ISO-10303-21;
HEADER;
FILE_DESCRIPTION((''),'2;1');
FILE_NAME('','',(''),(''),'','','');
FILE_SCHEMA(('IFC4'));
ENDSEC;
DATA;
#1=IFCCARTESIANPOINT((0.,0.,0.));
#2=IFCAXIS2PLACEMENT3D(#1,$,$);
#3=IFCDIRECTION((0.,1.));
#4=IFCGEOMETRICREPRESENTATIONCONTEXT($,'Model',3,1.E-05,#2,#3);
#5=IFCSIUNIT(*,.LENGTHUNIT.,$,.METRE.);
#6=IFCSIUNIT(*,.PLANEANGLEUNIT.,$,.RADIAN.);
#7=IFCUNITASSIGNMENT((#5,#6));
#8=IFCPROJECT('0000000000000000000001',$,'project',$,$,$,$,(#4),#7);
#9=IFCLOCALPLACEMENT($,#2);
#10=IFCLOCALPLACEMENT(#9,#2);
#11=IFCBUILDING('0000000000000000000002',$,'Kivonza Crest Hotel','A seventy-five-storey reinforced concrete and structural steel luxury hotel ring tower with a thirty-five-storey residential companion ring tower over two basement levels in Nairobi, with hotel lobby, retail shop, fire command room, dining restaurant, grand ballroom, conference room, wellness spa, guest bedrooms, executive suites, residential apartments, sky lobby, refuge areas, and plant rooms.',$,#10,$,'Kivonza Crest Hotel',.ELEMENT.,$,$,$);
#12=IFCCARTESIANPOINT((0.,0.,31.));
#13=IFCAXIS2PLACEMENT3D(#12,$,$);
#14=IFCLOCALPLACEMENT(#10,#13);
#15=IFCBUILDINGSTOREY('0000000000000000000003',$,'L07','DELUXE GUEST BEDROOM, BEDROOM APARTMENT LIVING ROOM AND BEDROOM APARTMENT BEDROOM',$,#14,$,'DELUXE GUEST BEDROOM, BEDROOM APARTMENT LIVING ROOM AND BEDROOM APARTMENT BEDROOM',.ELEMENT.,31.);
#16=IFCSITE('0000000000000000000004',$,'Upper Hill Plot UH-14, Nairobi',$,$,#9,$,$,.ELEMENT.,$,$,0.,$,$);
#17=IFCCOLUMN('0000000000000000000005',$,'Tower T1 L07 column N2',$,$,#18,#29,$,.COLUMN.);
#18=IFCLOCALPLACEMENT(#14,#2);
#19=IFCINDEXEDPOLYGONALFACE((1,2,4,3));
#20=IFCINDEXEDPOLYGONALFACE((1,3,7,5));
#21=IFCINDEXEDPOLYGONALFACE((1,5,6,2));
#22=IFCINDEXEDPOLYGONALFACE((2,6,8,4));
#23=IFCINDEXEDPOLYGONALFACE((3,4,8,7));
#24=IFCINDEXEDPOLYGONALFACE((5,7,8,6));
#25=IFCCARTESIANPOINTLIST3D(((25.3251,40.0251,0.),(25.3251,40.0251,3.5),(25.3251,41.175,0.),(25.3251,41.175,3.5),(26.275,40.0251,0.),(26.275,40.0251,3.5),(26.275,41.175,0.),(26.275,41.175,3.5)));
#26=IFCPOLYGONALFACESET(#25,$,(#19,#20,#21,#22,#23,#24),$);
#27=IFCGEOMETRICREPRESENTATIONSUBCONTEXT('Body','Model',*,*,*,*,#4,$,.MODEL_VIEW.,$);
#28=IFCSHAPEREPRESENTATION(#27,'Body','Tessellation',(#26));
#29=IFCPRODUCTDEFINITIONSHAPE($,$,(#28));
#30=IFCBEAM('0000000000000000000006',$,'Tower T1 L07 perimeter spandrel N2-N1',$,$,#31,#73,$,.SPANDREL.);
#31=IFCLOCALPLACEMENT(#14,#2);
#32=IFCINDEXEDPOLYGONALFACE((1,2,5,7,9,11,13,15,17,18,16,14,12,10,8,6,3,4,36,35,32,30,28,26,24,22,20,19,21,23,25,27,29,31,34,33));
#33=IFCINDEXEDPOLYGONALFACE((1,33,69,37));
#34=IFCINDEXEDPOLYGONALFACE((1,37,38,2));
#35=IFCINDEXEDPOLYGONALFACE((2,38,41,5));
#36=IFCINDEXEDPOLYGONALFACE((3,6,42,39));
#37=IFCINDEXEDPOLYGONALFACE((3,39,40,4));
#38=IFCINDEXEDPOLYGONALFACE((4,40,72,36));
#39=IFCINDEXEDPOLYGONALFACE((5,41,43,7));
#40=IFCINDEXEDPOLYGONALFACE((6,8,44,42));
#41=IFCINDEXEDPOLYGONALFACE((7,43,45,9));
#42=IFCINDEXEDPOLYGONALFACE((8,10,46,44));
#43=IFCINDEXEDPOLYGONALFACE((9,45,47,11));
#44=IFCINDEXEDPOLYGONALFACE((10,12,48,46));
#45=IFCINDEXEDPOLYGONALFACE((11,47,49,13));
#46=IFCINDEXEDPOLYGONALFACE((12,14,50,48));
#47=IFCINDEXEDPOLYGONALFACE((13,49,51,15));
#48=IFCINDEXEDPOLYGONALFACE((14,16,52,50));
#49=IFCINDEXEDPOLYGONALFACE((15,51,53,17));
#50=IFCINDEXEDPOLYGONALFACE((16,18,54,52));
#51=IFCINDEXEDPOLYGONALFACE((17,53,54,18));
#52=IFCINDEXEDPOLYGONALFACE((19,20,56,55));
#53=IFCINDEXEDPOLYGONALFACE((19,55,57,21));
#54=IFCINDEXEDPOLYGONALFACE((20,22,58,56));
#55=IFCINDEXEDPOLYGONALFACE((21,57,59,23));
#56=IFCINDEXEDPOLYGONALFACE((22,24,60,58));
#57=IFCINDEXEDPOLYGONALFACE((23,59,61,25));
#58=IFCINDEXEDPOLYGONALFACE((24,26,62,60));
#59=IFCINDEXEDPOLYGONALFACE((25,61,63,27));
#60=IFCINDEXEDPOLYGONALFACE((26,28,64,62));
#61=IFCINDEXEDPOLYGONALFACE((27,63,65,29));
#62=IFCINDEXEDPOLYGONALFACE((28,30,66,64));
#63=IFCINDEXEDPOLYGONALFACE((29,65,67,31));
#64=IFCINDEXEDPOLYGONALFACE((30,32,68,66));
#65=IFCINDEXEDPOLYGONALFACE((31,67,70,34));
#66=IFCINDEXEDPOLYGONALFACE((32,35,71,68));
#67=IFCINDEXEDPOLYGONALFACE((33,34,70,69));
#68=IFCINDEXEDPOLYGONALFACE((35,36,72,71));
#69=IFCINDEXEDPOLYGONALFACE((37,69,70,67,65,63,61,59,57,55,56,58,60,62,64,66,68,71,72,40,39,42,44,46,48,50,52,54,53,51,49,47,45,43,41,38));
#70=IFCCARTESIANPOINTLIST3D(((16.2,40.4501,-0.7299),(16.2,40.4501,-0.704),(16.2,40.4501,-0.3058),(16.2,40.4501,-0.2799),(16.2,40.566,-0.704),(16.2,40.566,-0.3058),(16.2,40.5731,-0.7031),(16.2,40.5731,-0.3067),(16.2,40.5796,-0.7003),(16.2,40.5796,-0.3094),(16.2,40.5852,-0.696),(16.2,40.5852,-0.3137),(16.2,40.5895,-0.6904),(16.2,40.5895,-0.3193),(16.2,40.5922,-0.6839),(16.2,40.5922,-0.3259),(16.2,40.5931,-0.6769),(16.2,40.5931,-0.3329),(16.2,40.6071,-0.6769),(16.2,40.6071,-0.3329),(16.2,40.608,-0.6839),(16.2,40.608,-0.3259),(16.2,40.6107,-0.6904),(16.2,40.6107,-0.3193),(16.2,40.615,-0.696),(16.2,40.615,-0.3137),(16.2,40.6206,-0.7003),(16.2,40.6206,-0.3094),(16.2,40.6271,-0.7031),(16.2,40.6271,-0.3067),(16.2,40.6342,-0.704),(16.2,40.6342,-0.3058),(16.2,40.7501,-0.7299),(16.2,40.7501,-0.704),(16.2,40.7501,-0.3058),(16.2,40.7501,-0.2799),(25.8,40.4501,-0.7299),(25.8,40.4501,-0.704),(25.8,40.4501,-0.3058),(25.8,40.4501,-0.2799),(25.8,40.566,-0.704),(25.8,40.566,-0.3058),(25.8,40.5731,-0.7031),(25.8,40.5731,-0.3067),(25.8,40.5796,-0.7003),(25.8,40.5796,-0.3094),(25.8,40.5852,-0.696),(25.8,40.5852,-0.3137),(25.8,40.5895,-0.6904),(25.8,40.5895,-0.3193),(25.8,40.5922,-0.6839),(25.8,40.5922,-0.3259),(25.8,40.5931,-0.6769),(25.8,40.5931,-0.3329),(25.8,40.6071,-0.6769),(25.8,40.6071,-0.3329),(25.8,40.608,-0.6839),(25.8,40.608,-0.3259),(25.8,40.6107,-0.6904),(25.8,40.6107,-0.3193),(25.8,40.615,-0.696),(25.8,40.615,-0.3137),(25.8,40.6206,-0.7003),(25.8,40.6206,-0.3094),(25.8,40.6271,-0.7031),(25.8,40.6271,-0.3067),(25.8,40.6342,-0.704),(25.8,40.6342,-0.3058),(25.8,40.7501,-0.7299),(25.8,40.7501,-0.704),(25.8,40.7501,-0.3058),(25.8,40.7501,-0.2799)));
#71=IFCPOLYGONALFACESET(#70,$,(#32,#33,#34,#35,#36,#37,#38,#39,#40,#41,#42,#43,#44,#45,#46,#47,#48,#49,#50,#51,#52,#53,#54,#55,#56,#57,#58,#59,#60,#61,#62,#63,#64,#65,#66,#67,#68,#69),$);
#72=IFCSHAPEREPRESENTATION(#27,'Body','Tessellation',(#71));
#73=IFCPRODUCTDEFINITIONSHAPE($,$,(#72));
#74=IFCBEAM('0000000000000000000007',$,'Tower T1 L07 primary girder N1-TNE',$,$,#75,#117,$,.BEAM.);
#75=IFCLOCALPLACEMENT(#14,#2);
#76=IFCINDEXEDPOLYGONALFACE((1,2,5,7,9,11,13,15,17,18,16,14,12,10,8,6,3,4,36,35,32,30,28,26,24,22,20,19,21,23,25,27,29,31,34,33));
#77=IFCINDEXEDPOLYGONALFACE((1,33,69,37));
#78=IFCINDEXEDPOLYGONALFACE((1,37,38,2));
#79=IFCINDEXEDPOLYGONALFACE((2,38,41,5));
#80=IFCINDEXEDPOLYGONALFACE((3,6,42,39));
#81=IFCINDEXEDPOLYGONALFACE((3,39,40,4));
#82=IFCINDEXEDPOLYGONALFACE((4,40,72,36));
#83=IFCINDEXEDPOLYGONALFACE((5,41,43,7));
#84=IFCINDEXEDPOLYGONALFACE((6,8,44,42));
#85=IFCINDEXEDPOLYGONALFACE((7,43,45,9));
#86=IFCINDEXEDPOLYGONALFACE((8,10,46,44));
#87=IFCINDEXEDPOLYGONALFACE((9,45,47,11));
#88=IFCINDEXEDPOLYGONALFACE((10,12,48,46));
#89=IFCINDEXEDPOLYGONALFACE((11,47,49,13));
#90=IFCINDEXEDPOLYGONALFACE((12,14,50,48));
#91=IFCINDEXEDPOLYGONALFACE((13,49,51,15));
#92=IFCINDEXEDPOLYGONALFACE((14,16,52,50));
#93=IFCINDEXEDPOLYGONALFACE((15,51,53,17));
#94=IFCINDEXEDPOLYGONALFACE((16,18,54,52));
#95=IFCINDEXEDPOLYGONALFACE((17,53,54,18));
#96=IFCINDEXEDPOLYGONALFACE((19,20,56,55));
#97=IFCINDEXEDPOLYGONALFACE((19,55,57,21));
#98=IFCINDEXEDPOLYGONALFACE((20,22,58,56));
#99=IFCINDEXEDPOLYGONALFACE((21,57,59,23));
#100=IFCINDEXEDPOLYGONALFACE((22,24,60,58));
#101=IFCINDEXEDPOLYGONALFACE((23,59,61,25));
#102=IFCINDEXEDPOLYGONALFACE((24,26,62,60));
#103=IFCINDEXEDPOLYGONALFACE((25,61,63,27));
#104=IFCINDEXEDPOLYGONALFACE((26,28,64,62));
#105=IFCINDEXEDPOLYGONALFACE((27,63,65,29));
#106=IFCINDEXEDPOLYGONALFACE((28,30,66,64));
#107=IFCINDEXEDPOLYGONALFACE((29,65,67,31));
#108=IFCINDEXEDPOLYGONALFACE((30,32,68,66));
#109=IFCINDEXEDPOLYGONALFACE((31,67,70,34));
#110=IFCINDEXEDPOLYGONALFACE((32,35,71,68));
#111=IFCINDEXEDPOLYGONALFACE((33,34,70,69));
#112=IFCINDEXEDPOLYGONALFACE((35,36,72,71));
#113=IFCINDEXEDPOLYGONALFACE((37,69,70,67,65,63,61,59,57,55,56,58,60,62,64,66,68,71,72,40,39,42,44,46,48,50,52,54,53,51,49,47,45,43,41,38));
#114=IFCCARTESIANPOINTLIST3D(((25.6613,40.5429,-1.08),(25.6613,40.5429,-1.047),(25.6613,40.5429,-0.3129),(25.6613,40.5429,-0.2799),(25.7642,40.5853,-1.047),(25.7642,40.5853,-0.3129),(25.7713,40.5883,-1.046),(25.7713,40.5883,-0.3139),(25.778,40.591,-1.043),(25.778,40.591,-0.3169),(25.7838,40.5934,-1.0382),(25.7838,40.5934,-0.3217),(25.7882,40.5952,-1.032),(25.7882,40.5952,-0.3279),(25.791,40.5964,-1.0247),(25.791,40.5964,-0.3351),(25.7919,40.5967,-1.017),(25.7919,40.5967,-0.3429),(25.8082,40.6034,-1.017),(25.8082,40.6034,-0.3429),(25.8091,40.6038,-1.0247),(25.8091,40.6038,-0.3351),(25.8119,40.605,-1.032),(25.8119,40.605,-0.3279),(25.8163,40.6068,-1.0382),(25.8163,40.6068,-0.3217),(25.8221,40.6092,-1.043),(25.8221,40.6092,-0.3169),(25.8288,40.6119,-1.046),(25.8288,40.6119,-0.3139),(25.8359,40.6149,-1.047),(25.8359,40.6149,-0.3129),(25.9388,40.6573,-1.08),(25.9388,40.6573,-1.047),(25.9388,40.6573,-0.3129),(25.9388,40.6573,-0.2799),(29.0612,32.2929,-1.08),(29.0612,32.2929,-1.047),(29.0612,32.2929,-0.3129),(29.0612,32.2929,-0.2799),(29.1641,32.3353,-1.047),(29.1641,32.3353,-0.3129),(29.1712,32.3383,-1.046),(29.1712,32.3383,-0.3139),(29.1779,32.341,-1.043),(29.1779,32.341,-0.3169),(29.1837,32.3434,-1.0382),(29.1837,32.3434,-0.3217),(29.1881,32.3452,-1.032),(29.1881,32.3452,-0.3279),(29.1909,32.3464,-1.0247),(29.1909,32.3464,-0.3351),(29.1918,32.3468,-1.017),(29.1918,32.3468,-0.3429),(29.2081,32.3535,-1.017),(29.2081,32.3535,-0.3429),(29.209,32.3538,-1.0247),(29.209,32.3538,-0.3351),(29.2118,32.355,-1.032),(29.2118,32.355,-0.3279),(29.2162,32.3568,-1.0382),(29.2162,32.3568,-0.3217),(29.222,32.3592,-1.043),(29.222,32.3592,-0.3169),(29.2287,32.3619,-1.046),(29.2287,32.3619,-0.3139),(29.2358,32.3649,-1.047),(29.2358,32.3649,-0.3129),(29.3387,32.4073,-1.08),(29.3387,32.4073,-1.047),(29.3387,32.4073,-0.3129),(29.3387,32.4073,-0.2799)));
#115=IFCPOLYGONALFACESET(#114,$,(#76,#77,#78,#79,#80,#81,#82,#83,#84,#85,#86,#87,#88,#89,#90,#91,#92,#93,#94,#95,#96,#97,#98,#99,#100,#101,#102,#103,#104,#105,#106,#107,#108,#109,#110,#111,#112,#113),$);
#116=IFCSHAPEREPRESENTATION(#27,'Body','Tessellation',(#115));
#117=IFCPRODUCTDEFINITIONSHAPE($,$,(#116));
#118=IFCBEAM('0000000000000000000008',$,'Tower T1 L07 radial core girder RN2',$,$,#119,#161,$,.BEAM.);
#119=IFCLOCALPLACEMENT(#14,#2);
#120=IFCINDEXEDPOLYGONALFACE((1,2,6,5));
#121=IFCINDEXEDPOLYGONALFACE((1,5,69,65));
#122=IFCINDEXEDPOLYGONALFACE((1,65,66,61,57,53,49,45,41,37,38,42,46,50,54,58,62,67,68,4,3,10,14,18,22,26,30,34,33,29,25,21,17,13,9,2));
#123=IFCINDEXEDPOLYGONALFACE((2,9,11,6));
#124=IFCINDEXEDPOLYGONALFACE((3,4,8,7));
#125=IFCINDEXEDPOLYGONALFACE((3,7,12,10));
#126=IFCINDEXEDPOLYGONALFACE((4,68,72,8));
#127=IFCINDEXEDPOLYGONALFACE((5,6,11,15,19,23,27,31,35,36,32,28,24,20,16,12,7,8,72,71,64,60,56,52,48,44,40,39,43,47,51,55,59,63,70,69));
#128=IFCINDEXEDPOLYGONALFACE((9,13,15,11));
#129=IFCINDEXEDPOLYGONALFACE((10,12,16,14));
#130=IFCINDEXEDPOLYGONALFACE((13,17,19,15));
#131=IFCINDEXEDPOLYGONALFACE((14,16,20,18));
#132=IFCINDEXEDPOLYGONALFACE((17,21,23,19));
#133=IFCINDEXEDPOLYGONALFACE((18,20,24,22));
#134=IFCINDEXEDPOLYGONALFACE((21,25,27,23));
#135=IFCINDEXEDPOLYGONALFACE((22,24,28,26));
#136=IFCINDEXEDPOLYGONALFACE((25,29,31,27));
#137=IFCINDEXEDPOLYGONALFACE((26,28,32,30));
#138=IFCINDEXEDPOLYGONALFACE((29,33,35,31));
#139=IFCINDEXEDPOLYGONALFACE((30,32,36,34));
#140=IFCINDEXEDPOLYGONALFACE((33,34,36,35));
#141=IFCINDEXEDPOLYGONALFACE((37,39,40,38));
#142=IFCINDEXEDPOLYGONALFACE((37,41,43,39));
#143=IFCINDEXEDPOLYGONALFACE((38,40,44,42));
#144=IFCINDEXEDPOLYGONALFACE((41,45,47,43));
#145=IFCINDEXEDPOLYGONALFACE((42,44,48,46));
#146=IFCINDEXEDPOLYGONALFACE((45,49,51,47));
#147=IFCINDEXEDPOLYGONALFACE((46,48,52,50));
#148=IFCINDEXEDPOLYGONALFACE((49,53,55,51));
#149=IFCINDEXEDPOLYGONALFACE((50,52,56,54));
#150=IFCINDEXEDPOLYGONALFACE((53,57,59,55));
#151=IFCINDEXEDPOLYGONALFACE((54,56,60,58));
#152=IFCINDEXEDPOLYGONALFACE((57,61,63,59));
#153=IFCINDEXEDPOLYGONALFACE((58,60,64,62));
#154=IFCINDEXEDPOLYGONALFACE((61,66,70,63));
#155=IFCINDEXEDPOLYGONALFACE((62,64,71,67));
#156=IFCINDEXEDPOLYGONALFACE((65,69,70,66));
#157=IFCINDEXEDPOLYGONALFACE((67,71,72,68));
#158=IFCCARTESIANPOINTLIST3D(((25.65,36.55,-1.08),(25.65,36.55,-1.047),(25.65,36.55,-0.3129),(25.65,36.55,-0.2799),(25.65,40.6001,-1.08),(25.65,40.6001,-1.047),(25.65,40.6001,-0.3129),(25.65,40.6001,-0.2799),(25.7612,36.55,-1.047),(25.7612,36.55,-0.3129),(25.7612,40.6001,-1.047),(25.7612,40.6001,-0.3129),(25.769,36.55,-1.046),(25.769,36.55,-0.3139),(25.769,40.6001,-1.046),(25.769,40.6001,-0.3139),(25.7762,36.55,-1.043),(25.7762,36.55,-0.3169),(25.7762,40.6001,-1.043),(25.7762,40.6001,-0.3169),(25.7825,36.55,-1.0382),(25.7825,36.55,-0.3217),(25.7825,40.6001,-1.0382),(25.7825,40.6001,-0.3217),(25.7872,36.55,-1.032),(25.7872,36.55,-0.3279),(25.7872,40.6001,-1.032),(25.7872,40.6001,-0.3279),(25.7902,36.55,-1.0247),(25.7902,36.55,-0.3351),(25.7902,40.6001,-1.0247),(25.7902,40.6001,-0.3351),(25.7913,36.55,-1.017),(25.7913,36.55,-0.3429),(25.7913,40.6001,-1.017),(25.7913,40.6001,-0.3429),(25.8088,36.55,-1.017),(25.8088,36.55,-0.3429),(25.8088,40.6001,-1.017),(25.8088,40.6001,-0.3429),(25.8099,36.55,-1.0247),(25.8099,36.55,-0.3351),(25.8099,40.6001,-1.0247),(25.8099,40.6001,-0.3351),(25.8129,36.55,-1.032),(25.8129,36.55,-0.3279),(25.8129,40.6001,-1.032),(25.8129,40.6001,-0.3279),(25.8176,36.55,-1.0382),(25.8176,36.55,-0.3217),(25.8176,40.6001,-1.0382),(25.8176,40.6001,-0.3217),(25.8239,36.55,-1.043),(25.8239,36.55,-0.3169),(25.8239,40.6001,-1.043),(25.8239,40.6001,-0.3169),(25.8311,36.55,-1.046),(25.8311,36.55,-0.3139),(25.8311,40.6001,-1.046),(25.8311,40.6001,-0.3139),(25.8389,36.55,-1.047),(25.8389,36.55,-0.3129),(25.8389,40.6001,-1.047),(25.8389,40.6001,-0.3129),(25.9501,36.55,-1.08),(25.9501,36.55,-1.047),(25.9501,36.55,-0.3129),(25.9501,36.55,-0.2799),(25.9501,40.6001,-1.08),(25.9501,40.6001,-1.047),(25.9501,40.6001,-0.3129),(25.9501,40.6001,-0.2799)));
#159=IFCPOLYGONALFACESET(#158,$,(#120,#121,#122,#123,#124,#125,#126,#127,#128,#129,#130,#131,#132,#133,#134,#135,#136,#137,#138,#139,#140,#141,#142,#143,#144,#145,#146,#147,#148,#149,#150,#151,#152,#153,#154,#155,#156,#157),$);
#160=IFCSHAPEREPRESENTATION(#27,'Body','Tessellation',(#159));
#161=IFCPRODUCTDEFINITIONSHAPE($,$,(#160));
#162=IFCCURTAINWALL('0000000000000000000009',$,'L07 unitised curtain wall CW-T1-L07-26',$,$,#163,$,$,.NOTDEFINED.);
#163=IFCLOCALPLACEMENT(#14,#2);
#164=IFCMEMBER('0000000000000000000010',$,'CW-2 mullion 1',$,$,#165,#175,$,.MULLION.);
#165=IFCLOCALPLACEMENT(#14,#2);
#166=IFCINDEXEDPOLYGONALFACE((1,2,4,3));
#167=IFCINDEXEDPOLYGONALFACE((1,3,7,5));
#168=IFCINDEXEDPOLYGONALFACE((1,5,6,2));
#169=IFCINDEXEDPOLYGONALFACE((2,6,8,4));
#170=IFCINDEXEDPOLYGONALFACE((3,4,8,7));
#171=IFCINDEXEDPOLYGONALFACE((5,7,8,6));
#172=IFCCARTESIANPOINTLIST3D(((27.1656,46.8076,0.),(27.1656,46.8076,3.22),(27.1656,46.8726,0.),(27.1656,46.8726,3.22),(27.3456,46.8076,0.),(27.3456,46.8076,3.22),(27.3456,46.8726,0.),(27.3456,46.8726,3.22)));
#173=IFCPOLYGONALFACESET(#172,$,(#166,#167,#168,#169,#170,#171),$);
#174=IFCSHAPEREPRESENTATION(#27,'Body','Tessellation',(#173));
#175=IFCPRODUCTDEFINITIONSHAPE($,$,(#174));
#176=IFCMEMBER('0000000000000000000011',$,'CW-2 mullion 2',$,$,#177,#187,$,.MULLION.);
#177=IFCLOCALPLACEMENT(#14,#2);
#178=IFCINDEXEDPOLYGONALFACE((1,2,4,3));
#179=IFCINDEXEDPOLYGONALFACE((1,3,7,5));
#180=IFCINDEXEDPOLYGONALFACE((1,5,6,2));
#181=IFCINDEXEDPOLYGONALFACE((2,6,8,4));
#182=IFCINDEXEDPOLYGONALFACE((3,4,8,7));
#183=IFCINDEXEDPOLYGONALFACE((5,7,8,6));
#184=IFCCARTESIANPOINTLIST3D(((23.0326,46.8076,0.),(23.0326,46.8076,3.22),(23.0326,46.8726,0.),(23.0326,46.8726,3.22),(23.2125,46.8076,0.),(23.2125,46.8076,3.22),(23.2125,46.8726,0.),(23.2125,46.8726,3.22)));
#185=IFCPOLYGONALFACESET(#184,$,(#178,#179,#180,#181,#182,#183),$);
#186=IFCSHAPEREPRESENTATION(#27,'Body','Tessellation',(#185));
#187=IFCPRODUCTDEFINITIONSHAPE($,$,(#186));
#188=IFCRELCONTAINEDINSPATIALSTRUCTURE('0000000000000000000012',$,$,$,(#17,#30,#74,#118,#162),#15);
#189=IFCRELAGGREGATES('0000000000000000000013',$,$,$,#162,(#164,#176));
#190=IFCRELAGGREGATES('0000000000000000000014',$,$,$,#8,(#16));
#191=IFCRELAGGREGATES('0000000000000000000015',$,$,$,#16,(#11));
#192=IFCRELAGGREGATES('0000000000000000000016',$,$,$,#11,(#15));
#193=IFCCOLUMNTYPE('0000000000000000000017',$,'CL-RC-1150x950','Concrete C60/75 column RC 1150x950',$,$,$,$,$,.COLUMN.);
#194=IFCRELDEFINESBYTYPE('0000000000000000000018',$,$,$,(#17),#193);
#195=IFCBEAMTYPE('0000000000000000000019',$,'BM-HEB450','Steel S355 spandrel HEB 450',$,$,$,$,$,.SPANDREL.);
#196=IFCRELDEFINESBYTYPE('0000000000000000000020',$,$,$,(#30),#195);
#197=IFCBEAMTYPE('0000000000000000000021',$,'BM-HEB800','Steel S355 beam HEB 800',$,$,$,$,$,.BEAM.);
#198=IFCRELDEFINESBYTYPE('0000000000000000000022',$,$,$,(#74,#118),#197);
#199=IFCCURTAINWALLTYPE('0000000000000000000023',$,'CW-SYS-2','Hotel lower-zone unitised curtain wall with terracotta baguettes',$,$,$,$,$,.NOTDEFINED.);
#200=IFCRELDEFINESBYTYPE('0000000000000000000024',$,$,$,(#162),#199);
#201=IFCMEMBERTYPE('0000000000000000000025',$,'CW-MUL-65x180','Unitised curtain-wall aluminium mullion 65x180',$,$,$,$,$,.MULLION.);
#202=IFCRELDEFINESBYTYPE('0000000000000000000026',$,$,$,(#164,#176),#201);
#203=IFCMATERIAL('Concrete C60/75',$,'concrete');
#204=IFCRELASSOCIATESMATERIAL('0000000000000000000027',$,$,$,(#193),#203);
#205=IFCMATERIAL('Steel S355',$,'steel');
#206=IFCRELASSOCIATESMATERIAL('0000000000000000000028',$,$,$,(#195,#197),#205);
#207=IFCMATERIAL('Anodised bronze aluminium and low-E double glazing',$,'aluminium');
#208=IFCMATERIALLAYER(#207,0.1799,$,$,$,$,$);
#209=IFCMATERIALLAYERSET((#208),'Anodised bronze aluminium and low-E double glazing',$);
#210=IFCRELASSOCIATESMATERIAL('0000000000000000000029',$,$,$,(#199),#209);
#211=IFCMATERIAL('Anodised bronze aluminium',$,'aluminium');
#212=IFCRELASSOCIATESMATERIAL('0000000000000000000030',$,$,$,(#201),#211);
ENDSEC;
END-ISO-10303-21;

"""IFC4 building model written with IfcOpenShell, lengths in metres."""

from ifc_helpers import new_model, si_unit, direction, frame, origin, origin_2d, place, context, subcontext, project, spatial, rectangle, i_section, extrude, material, layer, layer_set, material_profile, profile_set, type_object, element, aggregate, save


model = new_model("IFC4")

# Units and contexts
model_context = context("Model", 3, precision=1e-05, world=origin(), true_north=direction((0.0, 1.0)))
body_context = subcontext(model_context, "Body", "Model", "MODEL_VIEW")
ifc_project = project(units=[si_unit("LENGTHUNIT", "METRE"), si_unit("PLANEANGLEUNIT", "RADIAN")], contexts=[model_context])

# Site, building, storey
site_placement = place(None, origin())
site = spatial("IfcSite", under=ifc_project, at=site_placement, Name="Upper Hill Plot UH-14, Nairobi", CompositionType="ELEMENT", RefElevation=0.0)
building_placement = place(site_placement, origin())
building = spatial("IfcBuilding", under=site, at=building_placement, Name="Kivonza Crest Hotel", Description="A seventy-five-storey reinforced concrete and structural steel luxury hotel ring tower with a thirty-five-storey residential companion ring tower over two basement levels in Nairobi, with hotel lobby, retail shop, fire command room, dining restaurant, grand ballroom, conference room, wellness spa, guest bedrooms, executive suites, residential apartments, sky lobby, refuge areas, and plant rooms.", LongName="Kivonza Crest Hotel", CompositionType="ELEMENT")
storey_placement = place(building_placement, frame((0.0, 0.0, 31.0)))
storey = spatial("IfcBuildingStorey", under=building, at=storey_placement, Name="L07", Description="DELUXE GUEST BEDROOM, BEDROOM APARTMENT LIVING ROOM AND BEDROOM APARTMENT BEDROOM", LongName="DELUXE GUEST BEDROOM, BEDROOM APARTMENT LIVING ROOM AND BEDROOM APARTMENT BEDROOM", CompositionType="ELEMENT", Elevation=31.0)

# Column
ifc_material_1 = material(Name="Concrete C60/75", Category="concrete")
ifc_material_profile_1 = material_profile(ifc_material_1, rectangle(XDim=0.95, YDim=1.1499, at=origin_2d()), Name="RC 1150x950")
ifc_profile_set_1 = profile_set([ifc_material_profile_1], Name="Concrete C60/75")
column_type = type_object("IfcColumnType", Name="CL-RC-1150x950", Description="Concrete C60/75 column RC 1150x950", PredefinedType="COLUMN", material=ifc_profile_set_1)
column_placement = place(storey_placement, frame((25.8, 40.6001, 0.0), z_axis=(0.0, 0.0, 1.0), x_axis=(1.0, 0.0, 0.0)))
element("IfcColumn", 1, at=column_placement, inside=storey, type_object=column_type, Name="Tower T1 L07 column N2", PredefinedType="COLUMN", context=body_context, shape_type="SweptSolid", body=[
    extrude(rectangle(XDim=0.95, YDim=1.1499, at=origin_2d()), origin(), (0.0, 0.0, 1.0), 3.5),
])

# Beams
ifc_material_2 = material(Name="Steel S355", Category="steel")
ifc_material_profile_2 = material_profile(ifc_material_2, i_section(OverallWidth=0.3, OverallDepth=0.45, WebThickness=0.0139, FlangeThickness=0.0259, FilletRadius=0.0271, at=origin_2d()), Name="HEB 450")
ifc_profile_set_2 = profile_set([ifc_material_profile_2], Name="Steel S355")
beam_type_1 = type_object("IfcBeamType", Name="BM-HEB450", Description="Steel S355 spandrel HEB 450", PredefinedType="SPANDREL", material=ifc_profile_set_2)
beam_1_placement = place(storey_placement, frame((25.8, 40.6001, -0.5049), z_axis=(-1.0, 0.0, 0.0), x_axis=(0.0, -1.0, 0.0)))
element("IfcBeam", 2, at=beam_1_placement, inside=storey, type_object=beam_type_1, Name="Tower T1 L07 perimeter spandrel N2-N1", PredefinedType="SPANDREL", context=body_context, shape_type="SweptSolid", body=[
    extrude(i_section(OverallWidth=0.3, OverallDepth=0.45, WebThickness=0.0139, FlangeThickness=0.0259, FilletRadius=0.0271, at=origin_2d()), origin(), (0.0, 0.0, 1.0), 9.6001),
])
ifc_material_profile_3 = material_profile(ifc_material_2, i_section(OverallWidth=0.3, OverallDepth=0.8, WebThickness=0.0176, FlangeThickness=0.033, FilletRadius=0.03, at=origin_2d()), Name="HEB 800")
ifc_profile_set_3 = profile_set([ifc_material_profile_3], Name="Steel S355")
beam_type_2 = type_object("IfcBeamType", Name="BM-HEB800", Description="Steel S355 beam HEB 800", PredefinedType="BEAM", material=ifc_profile_set_3)
beam_2_placement = place(storey_placement, frame((25.8, 40.6001, -0.6799), z_axis=(0.381022, -0.924566, 0.0), x_axis=(0.924566, 0.381022, 0.0)))
element("IfcBeam", 3, at=beam_2_placement, inside=storey, type_object=beam_type_2, Name="Tower T1 L07 primary girder N1-TNE", PredefinedType="BEAM", context=body_context, shape_type="SweptSolid", body=[
    extrude(i_section(OverallWidth=0.3, OverallDepth=0.8, WebThickness=0.0176, FlangeThickness=0.033, FilletRadius=0.03, at=origin_2d()), origin(), (0.0, 0.0, 1.0), 8.9231),
])
beam_3_placement = place(storey_placement, frame((25.8, 40.6001, -0.6799), z_axis=(0.0, -1.0, 0.0), x_axis=(1.0, 0.0, 0.0)))
element("IfcBeam", 4, at=beam_3_placement, inside=storey, type_object=beam_type_2, Name="Tower T1 L07 radial core girder RN2", PredefinedType="BEAM", context=body_context, shape_type="SweptSolid", body=[
    extrude(i_section(OverallWidth=0.3, OverallDepth=0.8, WebThickness=0.0176, FlangeThickness=0.033, FilletRadius=0.03, at=origin_2d()), origin(), (0.0, 0.0, 1.0), 4.05),
])

# Curtain wall, members
ifc_material_3 = material(Name="Anodised bronze aluminium and low-E double glazing", Category="aluminium")
ifc_layer_1 = layer(ifc_material_3, 0.1799)
ifc_layer_set_1 = layer_set([ifc_layer_1], Name="Anodised bronze aluminium and low-E double glazing")
curtain_wall_type = type_object("IfcCurtainWallType", Name="CW-SYS-2", Description="Hotel lower-zone unitised curtain wall with terracotta baguettes", PredefinedType="NOTDEFINED", material=ifc_layer_set_1)
curtain_wall_placement = place(storey_placement, origin())
curtain_wall = element("IfcCurtainWall", 5, at=curtain_wall_placement, inside=storey, type_object=curtain_wall_type, Name="L07 unitised curtain wall CW-T1-L07-26", PredefinedType="NOTDEFINED")
ifc_material_4 = material(Name="Anodised bronze aluminium", Category="aluminium")
ifc_material_profile_4 = material_profile(ifc_material_4, rectangle(XDim=0.0649, YDim=0.1799, at=origin_2d()), Name="CW-M 65x180")
ifc_profile_set_4 = profile_set([ifc_material_profile_4], Name="Anodised bronze aluminium")
member_type_1 = type_object("IfcMemberType", Name="CW-MUL-65x180", Description="Unitised curtain-wall aluminium mullion 65x180", PredefinedType="MULLION", material=ifc_profile_set_4)
member_1_placement = place(storey_placement, frame((27.2556, 46.8401, 0.0), z_axis=(0.0, 0.0, 1.0), x_axis=(0.0, -1.0, 0.0)))
member_1 = element("IfcMember", 6, at=member_1_placement, type_object=member_type_1, Name="CW-2 mullion 1", PredefinedType="MULLION", context=body_context, shape_type="SweptSolid", body=[
    extrude(rectangle(XDim=0.0649, YDim=0.1799, at=origin_2d()), origin(), (0.0, 0.0, 1.0), 3.22),
])
member_2_placement = place(storey_placement, frame((23.1226, 46.8401, 0.0), z_axis=(0.0, 0.0, 1.0), x_axis=(0.0, -1.0, 0.0)))
member_2 = element("IfcMember", 7, at=member_2_placement, type_object=member_type_1, Name="CW-2 mullion 2", PredefinedType="MULLION", context=body_context, shape_type="SweptSolid", body=[
    extrude(rectangle(XDim=0.0649, YDim=0.1799, at=origin_2d()), origin(), (0.0, 0.0, 1.0), 3.22),
])
aggregate(curtain_wall, [member_1, member_2])

save(model, "model.ifc")
